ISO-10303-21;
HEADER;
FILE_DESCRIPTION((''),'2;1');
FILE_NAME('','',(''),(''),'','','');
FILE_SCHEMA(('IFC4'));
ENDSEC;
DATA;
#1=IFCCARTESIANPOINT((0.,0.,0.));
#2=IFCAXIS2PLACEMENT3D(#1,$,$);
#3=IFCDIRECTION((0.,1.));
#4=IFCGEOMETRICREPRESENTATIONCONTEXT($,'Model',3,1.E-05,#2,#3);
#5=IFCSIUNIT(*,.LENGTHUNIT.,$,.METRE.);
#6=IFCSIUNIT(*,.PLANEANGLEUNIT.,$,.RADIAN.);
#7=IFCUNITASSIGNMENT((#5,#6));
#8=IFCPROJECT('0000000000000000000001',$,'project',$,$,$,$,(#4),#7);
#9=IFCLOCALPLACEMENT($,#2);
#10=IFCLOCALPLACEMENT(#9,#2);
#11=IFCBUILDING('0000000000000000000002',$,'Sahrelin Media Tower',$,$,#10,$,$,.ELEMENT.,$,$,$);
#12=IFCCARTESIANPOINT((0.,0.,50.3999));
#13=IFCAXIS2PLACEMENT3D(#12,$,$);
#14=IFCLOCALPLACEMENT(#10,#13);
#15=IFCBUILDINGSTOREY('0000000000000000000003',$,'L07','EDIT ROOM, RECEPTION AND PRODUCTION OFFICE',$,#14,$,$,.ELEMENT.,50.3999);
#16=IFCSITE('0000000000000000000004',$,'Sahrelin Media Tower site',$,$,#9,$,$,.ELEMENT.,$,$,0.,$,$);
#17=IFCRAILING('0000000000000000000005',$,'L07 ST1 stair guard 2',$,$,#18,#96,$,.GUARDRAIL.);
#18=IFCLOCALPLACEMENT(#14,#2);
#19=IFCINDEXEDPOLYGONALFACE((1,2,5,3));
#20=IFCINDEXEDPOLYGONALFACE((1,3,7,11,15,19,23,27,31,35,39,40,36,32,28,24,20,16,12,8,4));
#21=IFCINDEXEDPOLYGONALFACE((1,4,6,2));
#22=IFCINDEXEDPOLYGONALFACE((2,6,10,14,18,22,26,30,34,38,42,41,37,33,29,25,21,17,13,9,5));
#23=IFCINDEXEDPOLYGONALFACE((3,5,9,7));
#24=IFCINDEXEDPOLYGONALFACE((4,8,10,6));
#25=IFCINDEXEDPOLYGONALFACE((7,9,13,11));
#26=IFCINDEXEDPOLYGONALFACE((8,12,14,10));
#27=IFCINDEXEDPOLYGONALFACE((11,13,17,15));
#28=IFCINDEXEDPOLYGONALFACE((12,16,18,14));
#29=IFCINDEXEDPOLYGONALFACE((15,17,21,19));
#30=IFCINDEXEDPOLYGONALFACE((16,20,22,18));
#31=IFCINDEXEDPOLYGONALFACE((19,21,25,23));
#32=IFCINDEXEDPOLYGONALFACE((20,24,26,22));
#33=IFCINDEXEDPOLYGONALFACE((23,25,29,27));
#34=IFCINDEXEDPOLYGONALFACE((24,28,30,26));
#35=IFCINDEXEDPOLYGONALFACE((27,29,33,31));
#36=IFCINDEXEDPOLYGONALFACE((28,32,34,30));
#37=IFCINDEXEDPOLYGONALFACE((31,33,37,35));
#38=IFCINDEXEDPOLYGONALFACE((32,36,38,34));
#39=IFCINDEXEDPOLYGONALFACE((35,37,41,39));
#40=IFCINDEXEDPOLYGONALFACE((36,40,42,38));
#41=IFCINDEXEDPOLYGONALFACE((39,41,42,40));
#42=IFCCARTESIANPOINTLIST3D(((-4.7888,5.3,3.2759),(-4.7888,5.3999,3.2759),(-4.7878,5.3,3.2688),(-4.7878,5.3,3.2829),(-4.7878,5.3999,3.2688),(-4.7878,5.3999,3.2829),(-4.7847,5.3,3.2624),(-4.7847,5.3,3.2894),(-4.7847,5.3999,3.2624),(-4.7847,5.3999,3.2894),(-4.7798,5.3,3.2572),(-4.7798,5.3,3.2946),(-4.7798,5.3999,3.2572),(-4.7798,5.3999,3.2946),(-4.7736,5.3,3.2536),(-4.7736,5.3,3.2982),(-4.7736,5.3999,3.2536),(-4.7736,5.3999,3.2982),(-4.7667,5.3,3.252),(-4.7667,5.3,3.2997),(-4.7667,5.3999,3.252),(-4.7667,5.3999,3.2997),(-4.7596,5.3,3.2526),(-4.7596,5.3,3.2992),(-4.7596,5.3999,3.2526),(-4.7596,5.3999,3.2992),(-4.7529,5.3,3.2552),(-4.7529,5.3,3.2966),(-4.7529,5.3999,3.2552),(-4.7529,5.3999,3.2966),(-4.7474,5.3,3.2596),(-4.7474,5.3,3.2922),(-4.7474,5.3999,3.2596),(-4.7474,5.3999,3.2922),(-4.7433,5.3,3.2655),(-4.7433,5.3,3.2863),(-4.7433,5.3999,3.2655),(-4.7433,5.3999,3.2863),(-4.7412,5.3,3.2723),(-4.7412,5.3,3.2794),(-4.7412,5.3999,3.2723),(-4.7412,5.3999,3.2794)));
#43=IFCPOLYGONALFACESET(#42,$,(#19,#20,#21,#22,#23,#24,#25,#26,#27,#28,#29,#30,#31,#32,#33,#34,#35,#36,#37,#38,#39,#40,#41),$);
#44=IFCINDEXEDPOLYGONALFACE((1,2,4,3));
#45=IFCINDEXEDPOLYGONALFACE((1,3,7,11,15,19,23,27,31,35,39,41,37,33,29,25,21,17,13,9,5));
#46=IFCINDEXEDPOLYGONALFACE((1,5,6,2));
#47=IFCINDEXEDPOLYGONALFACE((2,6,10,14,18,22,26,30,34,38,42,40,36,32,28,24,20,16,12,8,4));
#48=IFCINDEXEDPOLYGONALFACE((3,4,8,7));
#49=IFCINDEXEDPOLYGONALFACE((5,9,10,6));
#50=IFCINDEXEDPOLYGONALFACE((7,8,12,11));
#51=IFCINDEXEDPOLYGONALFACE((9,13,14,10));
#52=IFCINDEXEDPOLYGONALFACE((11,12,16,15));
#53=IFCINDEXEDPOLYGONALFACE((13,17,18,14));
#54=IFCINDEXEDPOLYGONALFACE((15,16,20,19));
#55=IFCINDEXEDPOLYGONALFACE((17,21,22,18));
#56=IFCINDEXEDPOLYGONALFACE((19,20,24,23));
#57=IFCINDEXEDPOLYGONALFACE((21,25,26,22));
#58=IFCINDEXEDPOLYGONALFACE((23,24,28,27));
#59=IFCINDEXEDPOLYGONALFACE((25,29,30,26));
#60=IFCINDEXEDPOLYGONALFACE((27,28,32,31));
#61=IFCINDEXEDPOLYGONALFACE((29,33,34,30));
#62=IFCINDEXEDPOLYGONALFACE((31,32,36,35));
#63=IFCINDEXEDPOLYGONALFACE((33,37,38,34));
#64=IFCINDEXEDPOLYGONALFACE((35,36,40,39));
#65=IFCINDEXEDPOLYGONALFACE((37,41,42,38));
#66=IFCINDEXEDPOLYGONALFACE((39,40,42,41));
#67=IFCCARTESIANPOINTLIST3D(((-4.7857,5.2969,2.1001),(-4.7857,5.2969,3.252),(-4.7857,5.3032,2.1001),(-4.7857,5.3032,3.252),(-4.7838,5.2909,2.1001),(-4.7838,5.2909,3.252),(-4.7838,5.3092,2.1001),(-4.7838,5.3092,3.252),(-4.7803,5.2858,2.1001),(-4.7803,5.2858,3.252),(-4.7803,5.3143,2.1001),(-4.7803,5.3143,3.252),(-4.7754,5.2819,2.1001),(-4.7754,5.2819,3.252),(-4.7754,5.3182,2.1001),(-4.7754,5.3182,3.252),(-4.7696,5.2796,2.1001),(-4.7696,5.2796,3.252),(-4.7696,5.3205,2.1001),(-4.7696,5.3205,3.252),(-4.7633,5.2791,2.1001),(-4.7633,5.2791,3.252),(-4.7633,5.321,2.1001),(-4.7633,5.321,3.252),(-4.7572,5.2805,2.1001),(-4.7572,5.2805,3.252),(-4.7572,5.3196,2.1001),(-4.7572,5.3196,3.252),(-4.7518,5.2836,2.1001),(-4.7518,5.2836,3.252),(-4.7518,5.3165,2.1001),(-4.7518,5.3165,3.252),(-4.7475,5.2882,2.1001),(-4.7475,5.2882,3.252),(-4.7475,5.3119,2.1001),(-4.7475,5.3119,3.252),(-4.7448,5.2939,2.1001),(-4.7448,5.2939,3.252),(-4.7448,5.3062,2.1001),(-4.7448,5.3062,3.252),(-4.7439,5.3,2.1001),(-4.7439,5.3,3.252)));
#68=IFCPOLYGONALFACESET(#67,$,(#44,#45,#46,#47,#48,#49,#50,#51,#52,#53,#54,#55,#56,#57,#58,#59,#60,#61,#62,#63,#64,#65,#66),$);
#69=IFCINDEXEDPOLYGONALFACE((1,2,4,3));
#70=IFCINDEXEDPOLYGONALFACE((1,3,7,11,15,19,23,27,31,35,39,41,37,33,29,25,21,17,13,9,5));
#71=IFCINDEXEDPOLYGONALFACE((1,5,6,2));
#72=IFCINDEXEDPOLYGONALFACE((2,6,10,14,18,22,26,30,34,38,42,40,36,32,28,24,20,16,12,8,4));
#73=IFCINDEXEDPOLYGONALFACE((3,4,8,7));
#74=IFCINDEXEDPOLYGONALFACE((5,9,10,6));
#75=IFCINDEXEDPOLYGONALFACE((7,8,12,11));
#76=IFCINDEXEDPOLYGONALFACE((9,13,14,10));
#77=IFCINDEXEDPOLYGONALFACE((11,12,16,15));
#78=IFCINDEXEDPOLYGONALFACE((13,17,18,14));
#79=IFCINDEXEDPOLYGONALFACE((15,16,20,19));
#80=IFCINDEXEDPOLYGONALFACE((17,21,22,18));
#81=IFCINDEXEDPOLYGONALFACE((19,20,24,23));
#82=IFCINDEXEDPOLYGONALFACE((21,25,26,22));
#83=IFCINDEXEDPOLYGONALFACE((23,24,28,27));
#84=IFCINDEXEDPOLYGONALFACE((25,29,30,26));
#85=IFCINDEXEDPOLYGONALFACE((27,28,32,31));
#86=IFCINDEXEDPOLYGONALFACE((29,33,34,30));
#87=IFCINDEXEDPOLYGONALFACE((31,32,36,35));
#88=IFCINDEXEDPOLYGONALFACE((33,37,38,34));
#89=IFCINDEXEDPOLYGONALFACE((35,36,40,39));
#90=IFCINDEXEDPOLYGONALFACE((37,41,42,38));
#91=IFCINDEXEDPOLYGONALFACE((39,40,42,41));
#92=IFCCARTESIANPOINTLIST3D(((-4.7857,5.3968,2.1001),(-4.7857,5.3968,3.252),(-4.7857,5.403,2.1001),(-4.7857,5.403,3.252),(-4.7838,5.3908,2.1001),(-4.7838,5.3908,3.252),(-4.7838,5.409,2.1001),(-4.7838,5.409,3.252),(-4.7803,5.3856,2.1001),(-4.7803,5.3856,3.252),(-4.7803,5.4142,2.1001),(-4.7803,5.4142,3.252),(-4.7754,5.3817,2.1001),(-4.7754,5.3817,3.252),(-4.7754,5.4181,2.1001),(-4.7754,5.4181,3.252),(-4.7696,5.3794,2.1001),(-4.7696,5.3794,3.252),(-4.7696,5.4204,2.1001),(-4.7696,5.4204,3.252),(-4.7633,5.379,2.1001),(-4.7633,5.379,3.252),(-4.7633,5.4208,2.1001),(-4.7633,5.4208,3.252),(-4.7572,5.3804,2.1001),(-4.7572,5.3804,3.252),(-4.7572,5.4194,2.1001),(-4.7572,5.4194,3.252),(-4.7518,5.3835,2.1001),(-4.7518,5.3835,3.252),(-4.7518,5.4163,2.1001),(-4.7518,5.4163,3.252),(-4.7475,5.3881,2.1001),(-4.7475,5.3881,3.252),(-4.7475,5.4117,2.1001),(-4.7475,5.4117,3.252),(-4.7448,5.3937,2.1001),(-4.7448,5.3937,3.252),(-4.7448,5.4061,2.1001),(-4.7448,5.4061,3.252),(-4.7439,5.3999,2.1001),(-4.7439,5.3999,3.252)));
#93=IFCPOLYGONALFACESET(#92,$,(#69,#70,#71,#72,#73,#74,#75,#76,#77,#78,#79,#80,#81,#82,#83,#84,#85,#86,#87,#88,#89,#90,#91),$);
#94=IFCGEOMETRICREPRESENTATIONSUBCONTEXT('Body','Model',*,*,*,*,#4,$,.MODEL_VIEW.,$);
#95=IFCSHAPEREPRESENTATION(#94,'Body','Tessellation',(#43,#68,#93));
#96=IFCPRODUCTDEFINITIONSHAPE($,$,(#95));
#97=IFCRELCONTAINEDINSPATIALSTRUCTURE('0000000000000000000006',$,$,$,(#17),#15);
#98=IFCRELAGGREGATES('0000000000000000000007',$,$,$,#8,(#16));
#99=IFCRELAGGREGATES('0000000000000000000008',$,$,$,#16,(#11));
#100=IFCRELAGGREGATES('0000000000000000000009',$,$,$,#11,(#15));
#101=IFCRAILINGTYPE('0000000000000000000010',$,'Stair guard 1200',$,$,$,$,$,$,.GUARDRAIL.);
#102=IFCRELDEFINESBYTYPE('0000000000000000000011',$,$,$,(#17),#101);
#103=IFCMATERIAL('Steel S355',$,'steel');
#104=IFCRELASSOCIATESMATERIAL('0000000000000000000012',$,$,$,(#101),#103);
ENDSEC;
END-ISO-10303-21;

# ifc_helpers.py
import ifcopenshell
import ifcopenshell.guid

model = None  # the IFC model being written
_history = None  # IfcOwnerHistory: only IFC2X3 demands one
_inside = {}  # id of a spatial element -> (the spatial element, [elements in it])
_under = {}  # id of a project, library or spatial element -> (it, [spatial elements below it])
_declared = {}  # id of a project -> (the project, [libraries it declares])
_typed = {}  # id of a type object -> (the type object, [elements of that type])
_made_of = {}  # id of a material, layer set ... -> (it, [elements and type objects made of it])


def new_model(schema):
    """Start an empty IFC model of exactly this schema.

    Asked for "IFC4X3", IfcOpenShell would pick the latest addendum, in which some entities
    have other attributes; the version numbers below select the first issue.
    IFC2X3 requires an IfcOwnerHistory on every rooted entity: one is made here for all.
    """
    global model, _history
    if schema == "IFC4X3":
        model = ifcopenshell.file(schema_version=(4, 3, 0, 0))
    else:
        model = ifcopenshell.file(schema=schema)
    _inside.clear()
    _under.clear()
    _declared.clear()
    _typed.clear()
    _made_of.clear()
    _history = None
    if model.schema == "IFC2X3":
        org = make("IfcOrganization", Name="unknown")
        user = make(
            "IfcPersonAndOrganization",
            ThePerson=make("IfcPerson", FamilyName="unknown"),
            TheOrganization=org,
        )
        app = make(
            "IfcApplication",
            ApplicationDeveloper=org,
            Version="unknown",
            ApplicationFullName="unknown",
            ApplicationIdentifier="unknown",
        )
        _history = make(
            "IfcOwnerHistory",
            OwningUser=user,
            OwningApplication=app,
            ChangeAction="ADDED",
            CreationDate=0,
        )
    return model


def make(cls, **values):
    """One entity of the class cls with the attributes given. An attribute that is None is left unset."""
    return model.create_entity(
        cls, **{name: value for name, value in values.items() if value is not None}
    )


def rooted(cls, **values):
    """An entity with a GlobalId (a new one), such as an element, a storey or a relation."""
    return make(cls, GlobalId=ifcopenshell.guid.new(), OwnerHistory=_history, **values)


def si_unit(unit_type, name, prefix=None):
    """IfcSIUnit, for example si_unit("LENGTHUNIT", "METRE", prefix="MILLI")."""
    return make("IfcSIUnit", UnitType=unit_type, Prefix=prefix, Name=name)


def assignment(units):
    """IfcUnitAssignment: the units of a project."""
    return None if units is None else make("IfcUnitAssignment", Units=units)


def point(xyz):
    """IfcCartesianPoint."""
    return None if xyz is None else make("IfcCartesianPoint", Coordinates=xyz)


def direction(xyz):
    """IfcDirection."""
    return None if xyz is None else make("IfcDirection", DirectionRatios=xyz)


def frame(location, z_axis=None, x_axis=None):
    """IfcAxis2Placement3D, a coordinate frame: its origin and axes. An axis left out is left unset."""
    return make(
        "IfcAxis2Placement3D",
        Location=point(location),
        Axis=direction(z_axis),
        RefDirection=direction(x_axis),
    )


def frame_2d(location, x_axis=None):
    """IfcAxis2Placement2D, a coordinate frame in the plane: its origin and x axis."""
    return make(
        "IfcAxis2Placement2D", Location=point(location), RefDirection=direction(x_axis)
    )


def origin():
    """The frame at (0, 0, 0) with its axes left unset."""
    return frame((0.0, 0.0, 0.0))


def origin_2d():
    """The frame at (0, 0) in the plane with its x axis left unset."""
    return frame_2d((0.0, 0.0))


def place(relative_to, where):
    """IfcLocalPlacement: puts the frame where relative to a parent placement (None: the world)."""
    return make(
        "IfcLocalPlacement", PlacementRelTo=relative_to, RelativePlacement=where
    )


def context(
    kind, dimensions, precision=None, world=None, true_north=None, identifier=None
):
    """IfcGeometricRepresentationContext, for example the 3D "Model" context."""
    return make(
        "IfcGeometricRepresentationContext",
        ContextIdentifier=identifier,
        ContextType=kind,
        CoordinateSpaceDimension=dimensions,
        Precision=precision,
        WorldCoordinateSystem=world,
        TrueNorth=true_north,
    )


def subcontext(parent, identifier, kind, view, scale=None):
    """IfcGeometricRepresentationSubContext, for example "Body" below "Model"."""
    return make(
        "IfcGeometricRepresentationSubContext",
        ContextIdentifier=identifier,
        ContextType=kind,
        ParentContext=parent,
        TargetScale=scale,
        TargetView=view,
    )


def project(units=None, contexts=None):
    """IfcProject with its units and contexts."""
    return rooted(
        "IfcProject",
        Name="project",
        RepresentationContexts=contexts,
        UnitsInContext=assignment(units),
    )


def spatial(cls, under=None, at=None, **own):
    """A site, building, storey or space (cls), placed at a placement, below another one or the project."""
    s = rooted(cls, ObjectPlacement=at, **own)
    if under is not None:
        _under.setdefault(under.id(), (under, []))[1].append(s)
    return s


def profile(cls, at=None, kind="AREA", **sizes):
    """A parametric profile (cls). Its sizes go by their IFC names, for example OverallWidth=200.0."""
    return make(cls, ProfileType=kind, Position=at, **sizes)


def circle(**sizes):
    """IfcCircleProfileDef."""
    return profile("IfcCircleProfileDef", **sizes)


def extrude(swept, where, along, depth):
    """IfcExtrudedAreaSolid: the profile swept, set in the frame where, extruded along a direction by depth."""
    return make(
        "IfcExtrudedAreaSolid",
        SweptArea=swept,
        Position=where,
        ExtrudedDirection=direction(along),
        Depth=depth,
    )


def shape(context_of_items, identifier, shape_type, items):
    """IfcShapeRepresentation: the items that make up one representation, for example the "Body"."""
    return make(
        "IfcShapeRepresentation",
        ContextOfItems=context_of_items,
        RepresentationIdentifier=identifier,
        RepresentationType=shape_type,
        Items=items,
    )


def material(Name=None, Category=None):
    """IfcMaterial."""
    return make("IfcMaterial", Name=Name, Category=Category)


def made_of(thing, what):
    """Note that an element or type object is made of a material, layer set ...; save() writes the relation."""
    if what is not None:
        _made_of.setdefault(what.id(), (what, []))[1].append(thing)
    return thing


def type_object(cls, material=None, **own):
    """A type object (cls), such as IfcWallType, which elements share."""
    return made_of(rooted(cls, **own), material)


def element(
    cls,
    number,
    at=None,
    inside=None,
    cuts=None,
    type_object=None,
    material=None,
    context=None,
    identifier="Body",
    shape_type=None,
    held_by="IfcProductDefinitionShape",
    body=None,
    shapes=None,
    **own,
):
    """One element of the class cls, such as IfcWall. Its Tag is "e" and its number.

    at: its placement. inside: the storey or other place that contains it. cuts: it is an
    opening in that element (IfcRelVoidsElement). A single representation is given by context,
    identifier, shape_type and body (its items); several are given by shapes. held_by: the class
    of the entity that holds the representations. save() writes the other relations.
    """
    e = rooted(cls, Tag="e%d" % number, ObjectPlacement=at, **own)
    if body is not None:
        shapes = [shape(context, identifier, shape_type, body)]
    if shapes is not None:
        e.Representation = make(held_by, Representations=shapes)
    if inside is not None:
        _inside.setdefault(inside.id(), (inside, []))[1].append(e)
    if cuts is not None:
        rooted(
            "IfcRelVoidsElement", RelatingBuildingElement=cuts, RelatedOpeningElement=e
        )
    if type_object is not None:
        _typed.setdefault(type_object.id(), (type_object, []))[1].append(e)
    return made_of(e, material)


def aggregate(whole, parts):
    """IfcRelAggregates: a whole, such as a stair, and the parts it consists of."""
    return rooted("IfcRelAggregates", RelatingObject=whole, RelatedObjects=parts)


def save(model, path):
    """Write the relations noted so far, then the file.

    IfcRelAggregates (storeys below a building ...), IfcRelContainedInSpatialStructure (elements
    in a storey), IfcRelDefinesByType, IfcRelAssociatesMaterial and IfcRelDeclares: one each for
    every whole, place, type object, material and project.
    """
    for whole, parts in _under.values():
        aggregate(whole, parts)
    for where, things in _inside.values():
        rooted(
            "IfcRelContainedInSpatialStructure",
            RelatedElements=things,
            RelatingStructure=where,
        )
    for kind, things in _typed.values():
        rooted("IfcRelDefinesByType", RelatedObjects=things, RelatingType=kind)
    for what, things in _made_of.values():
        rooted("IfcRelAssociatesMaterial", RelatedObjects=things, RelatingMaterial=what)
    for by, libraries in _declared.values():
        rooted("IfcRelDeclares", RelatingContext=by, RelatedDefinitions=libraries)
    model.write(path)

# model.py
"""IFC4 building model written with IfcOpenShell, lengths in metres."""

from ifc_helpers import new_model, si_unit, direction, frame, origin, origin_2d, place, context, subcontext, project, spatial, circle, extrude, material, type_object, element, save


model = new_model("IFC4")

# Units and contexts
model_context = context("Model", 3, precision=1e-05, world=origin(), true_north=direction((0.0, 1.0)))
body_context = subcontext(model_context, "Body", "Model", "MODEL_VIEW")
ifc_project = project(units=[si_unit("LENGTHUNIT", "METRE"), si_unit("PLANEANGLEUNIT", "RADIAN")], contexts=[model_context])

# Site, building, storey
site_placement = place(None, origin())
site = spatial("IfcSite", under=ifc_project, at=site_placement, Name="Sahrelin Media Tower site", CompositionType="ELEMENT", RefElevation=0.0)
building_placement = place(site_placement, origin())
building = spatial("IfcBuilding", under=site, at=building_placement, Name="Sahrelin Media Tower", CompositionType="ELEMENT")
storey_placement = place(building_placement, frame((0.0, 0.0, 50.3999)))
storey = spatial("IfcBuildingStorey", under=building, at=storey_placement, Name="L07", Description="EDIT ROOM, RECEPTION AND PRODUCTION OFFICE", CompositionType="ELEMENT", Elevation=50.3999)

# Shared definitions
ifc_material_1 = material(Name="Steel S355", Category="steel")

# Railing
railing_type_1 = type_object("IfcRailingType", Name="Stair guard 1200", PredefinedType="GUARDRAIL", material=ifc_material_1)
railing_1_placement = place(storey_placement, frame((-4.7649, 5.3, 2.1001)))
element("IfcRailing", 1, at=railing_1_placement, inside=storey, type_object=railing_type_1, Name="L07 ST1 stair guard 2", PredefinedType="GUARDRAIL", context=body_context, shape_type="SweptSolid", body=[
    extrude(circle(Radius=0.0239, at=origin_2d()), frame((0.0, 0.0, 1.1758), z_axis=(0.0, 1.0, 0.0), x_axis=(-1.0, 0.0, 0.0)), (0.0, 0.0, 1.0), 0.0999),
    extrude(circle(Radius=0.021, at=origin_2d()), origin(), (0.0, 0.0, 1.0), 1.1519),
    extrude(circle(Radius=0.021, at=origin_2d()), frame((0.0, 0.0999, 0.0)), (0.0, 0.0, 1.0), 1.1519),
])

save(model, "model.ifc")
